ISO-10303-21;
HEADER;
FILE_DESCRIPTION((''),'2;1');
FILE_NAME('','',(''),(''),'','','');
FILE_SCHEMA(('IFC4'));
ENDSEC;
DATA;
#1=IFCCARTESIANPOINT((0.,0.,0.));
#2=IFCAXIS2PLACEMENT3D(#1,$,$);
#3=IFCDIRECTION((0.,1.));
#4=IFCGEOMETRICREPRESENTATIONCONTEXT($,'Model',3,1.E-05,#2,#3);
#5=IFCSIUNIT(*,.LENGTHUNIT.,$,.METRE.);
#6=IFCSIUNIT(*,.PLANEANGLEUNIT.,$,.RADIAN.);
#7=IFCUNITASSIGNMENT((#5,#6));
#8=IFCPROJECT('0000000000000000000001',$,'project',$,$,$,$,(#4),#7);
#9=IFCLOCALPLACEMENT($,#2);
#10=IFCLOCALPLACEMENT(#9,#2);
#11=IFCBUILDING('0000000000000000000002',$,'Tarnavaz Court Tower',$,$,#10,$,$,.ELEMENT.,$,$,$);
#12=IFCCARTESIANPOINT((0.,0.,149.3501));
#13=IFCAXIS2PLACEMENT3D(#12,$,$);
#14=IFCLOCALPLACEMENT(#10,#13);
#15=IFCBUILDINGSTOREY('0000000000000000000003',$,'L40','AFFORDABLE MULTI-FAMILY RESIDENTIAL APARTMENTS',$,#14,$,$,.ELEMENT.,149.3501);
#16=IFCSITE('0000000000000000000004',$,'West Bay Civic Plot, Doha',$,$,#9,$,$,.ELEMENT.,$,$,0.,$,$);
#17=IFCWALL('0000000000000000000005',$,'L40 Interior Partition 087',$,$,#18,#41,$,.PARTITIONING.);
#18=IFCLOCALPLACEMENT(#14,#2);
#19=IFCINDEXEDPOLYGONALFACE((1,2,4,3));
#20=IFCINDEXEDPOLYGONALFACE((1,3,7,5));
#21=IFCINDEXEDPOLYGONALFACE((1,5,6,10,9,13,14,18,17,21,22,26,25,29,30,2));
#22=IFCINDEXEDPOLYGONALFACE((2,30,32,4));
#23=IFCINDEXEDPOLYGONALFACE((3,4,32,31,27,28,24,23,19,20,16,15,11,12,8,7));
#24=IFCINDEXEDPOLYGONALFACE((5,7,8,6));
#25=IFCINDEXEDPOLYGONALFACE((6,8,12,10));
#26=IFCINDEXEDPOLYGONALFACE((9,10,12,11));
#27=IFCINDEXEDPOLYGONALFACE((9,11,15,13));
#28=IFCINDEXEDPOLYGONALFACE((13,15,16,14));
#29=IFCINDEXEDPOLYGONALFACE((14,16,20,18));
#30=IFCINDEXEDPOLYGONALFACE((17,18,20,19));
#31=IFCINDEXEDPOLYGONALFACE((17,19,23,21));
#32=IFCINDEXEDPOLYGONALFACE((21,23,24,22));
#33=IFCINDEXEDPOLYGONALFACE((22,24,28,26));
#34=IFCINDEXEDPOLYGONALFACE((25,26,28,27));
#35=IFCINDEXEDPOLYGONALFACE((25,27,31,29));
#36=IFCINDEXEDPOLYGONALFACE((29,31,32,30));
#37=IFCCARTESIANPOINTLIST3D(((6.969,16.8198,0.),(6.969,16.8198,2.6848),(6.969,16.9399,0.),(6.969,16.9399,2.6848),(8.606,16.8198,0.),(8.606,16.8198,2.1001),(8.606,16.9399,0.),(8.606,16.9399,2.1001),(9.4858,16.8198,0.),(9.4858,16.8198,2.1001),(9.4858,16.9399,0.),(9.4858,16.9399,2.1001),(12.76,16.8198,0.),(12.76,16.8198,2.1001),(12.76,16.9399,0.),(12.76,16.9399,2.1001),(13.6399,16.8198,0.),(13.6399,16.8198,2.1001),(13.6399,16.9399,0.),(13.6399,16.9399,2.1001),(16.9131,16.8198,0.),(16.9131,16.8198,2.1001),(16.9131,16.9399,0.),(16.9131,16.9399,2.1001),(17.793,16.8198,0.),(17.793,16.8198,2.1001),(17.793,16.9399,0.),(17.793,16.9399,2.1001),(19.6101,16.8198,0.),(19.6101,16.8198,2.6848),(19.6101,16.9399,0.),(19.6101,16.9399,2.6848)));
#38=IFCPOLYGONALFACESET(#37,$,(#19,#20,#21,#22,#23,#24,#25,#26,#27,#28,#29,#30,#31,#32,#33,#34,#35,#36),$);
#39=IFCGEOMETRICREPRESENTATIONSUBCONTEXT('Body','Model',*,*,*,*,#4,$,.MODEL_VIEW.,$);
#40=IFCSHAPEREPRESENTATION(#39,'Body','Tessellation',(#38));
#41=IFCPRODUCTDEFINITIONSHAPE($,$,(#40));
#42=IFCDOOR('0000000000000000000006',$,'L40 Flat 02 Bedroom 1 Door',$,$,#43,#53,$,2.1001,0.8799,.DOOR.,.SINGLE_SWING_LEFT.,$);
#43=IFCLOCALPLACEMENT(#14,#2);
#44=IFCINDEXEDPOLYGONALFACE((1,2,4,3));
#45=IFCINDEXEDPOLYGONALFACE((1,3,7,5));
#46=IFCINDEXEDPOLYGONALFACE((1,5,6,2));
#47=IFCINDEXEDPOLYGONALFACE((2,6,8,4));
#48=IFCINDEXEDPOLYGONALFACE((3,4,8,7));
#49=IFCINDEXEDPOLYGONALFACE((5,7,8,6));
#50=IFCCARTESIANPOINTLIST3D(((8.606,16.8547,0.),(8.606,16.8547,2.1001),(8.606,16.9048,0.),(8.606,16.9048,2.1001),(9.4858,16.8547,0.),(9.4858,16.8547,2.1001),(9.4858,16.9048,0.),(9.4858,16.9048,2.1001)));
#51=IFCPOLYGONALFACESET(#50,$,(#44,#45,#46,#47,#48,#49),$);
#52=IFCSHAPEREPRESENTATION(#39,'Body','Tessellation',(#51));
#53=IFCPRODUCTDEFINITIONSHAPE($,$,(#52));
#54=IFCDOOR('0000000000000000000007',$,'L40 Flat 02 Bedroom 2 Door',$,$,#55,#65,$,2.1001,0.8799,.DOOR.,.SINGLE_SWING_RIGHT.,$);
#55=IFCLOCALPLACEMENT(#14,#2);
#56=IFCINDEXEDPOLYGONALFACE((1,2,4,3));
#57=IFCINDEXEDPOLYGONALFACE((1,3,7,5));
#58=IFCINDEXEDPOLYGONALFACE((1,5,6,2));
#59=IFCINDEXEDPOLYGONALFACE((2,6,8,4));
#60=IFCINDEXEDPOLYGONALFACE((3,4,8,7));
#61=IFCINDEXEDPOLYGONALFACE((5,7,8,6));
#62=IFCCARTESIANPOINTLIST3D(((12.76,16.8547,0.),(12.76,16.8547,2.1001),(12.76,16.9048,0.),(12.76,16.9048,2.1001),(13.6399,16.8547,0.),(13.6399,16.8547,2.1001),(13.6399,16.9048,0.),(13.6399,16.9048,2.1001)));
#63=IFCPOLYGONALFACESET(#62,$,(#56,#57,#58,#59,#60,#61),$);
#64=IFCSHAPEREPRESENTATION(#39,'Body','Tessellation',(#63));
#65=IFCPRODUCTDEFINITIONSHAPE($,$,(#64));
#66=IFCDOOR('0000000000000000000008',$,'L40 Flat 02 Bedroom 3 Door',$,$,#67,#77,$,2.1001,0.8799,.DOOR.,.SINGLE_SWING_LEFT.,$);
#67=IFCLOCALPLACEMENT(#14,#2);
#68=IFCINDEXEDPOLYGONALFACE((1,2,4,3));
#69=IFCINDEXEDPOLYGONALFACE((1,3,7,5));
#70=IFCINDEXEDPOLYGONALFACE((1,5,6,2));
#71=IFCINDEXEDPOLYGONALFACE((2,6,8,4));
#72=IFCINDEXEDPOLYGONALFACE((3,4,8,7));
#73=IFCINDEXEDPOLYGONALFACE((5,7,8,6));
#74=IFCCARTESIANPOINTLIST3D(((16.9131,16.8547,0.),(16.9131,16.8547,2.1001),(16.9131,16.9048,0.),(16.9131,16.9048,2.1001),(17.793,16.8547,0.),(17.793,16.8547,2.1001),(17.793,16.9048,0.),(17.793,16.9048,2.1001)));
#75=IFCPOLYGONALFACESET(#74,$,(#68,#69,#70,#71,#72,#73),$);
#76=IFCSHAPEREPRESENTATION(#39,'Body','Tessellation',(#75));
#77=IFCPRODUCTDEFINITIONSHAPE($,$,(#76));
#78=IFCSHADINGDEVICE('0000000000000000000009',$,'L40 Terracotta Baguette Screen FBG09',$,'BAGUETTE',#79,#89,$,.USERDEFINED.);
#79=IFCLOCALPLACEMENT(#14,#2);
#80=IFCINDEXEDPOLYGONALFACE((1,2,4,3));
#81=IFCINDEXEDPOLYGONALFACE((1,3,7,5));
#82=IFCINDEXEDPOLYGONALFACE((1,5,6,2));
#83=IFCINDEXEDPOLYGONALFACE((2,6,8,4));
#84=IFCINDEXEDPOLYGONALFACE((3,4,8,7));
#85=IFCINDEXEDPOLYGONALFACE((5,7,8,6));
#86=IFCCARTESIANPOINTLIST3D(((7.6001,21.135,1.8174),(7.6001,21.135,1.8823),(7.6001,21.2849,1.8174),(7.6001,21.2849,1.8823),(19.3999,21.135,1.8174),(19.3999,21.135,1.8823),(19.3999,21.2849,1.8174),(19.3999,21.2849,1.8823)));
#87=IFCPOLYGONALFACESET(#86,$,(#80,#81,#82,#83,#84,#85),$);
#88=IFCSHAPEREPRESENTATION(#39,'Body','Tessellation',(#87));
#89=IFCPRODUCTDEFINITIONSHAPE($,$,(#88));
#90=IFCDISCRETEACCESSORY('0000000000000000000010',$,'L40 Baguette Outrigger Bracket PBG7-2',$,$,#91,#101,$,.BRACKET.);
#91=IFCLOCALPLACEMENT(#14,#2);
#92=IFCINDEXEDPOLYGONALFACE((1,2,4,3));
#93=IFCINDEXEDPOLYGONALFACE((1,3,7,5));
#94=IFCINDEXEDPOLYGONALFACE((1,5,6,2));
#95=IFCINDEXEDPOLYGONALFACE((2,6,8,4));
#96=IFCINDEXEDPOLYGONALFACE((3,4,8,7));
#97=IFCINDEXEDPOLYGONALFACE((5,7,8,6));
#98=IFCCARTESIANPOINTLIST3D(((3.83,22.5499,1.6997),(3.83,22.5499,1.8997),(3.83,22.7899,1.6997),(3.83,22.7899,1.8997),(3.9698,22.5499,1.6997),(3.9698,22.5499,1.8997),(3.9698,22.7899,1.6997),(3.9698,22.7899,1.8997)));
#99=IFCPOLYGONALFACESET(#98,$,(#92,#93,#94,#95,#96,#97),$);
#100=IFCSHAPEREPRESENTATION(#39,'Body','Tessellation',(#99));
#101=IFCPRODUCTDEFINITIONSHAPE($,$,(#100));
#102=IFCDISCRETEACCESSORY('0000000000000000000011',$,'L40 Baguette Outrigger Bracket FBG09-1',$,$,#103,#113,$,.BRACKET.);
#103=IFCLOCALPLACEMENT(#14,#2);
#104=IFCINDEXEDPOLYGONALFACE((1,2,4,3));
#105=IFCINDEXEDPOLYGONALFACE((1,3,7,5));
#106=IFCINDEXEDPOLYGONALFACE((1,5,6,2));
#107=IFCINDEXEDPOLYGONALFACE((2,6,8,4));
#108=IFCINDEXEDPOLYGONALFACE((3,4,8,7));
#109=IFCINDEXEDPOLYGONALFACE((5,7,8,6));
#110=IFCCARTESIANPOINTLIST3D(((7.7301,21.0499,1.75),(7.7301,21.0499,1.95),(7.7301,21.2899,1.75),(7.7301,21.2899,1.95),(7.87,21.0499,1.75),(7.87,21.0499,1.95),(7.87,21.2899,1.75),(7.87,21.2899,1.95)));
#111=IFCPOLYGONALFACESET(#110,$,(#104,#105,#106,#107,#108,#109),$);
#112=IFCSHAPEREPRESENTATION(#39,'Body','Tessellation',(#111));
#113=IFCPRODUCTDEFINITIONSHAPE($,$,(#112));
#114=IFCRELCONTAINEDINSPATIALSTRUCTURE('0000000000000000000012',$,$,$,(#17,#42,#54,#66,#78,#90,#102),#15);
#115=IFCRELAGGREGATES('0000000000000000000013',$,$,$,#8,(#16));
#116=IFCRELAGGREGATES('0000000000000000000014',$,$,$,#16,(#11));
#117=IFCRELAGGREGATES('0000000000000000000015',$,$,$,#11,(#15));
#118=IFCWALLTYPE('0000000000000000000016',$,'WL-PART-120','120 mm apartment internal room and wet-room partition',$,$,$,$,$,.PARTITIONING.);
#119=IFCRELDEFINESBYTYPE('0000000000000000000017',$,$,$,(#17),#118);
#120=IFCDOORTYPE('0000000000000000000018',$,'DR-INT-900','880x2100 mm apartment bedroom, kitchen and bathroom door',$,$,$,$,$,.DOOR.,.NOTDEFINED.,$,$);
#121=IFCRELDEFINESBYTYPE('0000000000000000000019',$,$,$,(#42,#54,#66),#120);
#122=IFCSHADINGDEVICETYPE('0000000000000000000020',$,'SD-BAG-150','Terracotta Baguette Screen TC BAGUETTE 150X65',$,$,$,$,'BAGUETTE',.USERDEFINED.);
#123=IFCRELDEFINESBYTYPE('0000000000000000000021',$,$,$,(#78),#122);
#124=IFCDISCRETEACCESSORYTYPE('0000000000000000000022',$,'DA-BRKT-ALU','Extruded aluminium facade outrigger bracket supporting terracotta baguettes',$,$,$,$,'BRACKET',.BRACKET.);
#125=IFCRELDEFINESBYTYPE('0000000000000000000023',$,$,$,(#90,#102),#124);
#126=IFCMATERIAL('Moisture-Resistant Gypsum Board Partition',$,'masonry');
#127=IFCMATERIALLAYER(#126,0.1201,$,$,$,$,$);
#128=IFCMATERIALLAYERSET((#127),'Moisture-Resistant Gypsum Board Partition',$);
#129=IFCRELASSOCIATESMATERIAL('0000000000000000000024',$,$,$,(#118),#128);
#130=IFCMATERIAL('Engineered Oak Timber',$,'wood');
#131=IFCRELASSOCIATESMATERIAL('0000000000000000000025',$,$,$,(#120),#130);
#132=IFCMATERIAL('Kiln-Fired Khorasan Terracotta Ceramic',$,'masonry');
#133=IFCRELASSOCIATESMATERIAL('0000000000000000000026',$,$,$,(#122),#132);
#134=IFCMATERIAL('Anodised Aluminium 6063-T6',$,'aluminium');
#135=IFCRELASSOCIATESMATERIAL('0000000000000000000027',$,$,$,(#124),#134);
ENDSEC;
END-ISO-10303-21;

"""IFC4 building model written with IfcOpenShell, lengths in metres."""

from ifc_helpers import new_model, si_unit, direction, frame, frame_2d, origin, origin_2d, place, context, subcontext, project, spatial, rectangle, extrude, material, layer, layer_set, material_profile, profile_set, type_object, element, fill, save


model = new_model("IFC4")

# Units and contexts
model_context = context("Model", 3, precision=1e-05, world=origin(), true_north=direction((0.0, 1.0)))
body_context = subcontext(model_context, "Body", "Model", "MODEL_VIEW")
ifc_project = project(units=[si_unit("LENGTHUNIT", "METRE"), si_unit("PLANEANGLEUNIT", "RADIAN")], contexts=[model_context])

# Site, building, storey
site_placement = place(None, origin())
site = spatial("IfcSite", under=ifc_project, at=site_placement, Name="West Bay Civic Plot, Doha", CompositionType="ELEMENT", RefElevation=0.0)
building_placement = place(site_placement, origin())
building = spatial("IfcBuilding", under=site, at=building_placement, Name="Tarnavaz Court Tower", CompositionType="ELEMENT")
storey_placement = place(building_placement, frame((0.0, 0.0, 149.3501)))
storey = spatial("IfcBuildingStorey", under=building, at=storey_placement, Name="L40", Description="AFFORDABLE MULTI-FAMILY RESIDENTIAL APARTMENTS", CompositionType="ELEMENT", Elevation=149.3501)

# Shared definitions
ifc_material_1 = material(Name="Anodised Aluminium 6063-T6", Category="aluminium")

# Shared definitions
ifc_material_2 = material(Name="Moisture-Resistant Gypsum Board Partition", Category="masonry")
ifc_layer_1 = layer(ifc_material_2, 0.1201)
ifc_layer_set_1 = layer_set([ifc_layer_1], Name="Moisture-Resistant Gypsum Board Partition")
wall_type_1 = type_object("IfcWallType", Name="WL-PART-120", Description="120 mm apartment internal room and wet-room partition", PredefinedType="PARTITIONING", material=ifc_layer_set_1)
ifc_material_3 = material(Name="Engineered Oak Timber", Category="wood")
door_type = type_object("IfcDoorType", Name="DR-INT-900", Description="880x2100 mm apartment bedroom, kitchen and bathroom door", OperationType="NOTDEFINED", PredefinedType="DOOR", material=ifc_material_3)

# Wall, openings, doors
wall_1_placement = place(storey_placement, frame((6.969, 16.8799, 0.0), z_axis=(0.0, 0.0, 1.0), x_axis=(1.0, 0.0, 0.0)))
wall_1 = element("IfcWall", 1, at=wall_1_placement, inside=storey, type_object=wall_type_1, Name="L40 Interior Partition 087", PredefinedType="PARTITIONING", context=body_context, shape_type="SweptSolid", body=[
    extrude(rectangle(XDim=12.6411, YDim=0.1201, at=frame_2d((6.3206, 0.0))), origin(), (0.0, 0.0, 1.0), 2.6848),
])
opening_1_placement = place(wall_1_placement, frame((1.637, 0.0, 0.0)))
opening_1 = element("IfcOpeningElement", 2, at=opening_1_placement, cuts=wall_1, PredefinedType="OPENING", context=body_context, shape_type="SweptSolid", body=[
    extrude(rectangle(XDim=0.8799, YDim=2.1001, at=frame_2d((0.4399, 1.05))), frame((0.0, 0.0701, 0.0), z_axis=(0.0, -1.0, 0.0), x_axis=(1.0, 0.0, 0.0)), (0.0, 0.0, 1.0), 0.1401),
])
opening_2_placement = place(wall_1_placement, frame((5.791, 0.0, 0.0)))
opening_2 = element("IfcOpeningElement", 3, at=opening_2_placement, cuts=wall_1, PredefinedType="OPENING", context=body_context, shape_type="SweptSolid", body=[
    extrude(rectangle(XDim=0.8799, YDim=2.1001, at=frame_2d((0.4399, 1.05))), frame((0.0, 0.0701, 0.0), z_axis=(0.0, -1.0, 0.0), x_axis=(1.0, 0.0, 0.0)), (0.0, 0.0, 1.0), 0.1401),
])
opening_3_placement = place(wall_1_placement, frame((9.9441, 0.0, 0.0)))
opening_3 = element("IfcOpeningElement", 4, at=opening_3_placement, cuts=wall_1, PredefinedType="OPENING", context=body_context, shape_type="SweptSolid", body=[
    extrude(rectangle(XDim=0.8799, YDim=2.1001, at=frame_2d((0.4399, 1.05))), frame((0.0, 0.0701, 0.0), z_axis=(0.0, -1.0, 0.0), x_axis=(1.0, 0.0, 0.0)), (0.0, 0.0, 1.0), 0.1401),
])
door_1_placement = place(opening_1_placement, origin())
door_1 = element("IfcDoor", 5, at=door_1_placement, inside=storey, type_object=door_type, Name="L40 Flat 02 Bedroom 1 Door", OperationType="SINGLE_SWING_LEFT", OverallHeight=2.1001, OverallWidth=0.8799, PredefinedType="DOOR", context=body_context, shape_type="SweptSolid", body=[
    extrude(rectangle(XDim=0.8799, YDim=2.1001, at=frame_2d((0.4399, 1.05))), frame((0.0, 0.0249, 0.0), z_axis=(0.0, -1.0, 0.0), x_axis=(1.0, 0.0, 0.0)), (0.0, 0.0, 1.0), 0.05),
])
fill(opening_1, door_1)
door_2_placement = place(opening_2_placement, origin())
door_2 = element("IfcDoor", 6, at=door_2_placement, inside=storey, type_object=door_type, Name="L40 Flat 02 Bedroom 2 Door", OperationType="SINGLE_SWING_RIGHT", OverallHeight=2.1001, OverallWidth=0.8799, PredefinedType="DOOR", context=body_context, shape_type="SweptSolid", body=[
    extrude(rectangle(XDim=0.8799, YDim=2.1001, at=frame_2d((0.4399, 1.05))), frame((0.0, 0.0249, 0.0), z_axis=(0.0, -1.0, 0.0), x_axis=(1.0, 0.0, 0.0)), (0.0, 0.0, 1.0), 0.05),
])
fill(opening_2, door_2)
door_3_placement = place(opening_3_placement, origin())
door_3 = element("IfcDoor", 7, at=door_3_placement, inside=storey, type_object=door_type, Name="L40 Flat 02 Bedroom 3 Door", OperationType="SINGLE_SWING_LEFT", OverallHeight=2.1001, OverallWidth=0.8799, PredefinedType="DOOR", context=body_context, shape_type="SweptSolid", body=[
    extrude(rectangle(XDim=0.8799, YDim=2.1001, at=frame_2d((0.4399, 1.05))), frame((0.0, 0.0249, 0.0), z_axis=(0.0, -1.0, 0.0), x_axis=(1.0, 0.0, 0.0)), (0.0, 0.0, 1.0), 0.05),
])
fill(opening_3, door_3)

# Shading device
ifc_material_4 = material(Name="Kiln-Fired Khorasan Terracotta Ceramic", Category="masonry")
ifc_material_profile_1 = material_profile(ifc_material_4, rectangle(XDim=0.1499, YDim=0.0649, at=origin_2d()), Name="TC BAGUETTE 150X65")
ifc_profile_set_1 = profile_set([ifc_material_profile_1], Name="Kiln-Fired Khorasan Terracotta Ceramic")
shading_device_type = type_object("IfcShadingDeviceType", Name="SD-BAG-150", Description="Terracotta Baguette Screen TC BAGUETTE 150X65", ElementType="BAGUETTE", PredefinedType="USERDEFINED", material=ifc_profile_set_1)
shading_device_placement = place(storey_placement, frame((7.6001, 21.21, 1.8499), z_axis=(1.0, 0.0, 0.0), x_axis=(0.0, 1.0, 0.0)))
element("IfcShadingDevice", 8, at=shading_device_placement, inside=storey, type_object=shading_device_type, Name="L40 Terracotta Baguette Screen FBG09", ObjectType="BAGUETTE", PredefinedType="USERDEFINED", context=body_context, shape_type="SweptSolid", body=[
    extrude(rectangle(XDim=0.1499, YDim=0.0649, at=origin_2d()), origin(), (0.0, 0.0, 1.0), 11.7998),
])

# Discrete accessories
discrete_accessory_type = type_object("IfcDiscreteAccessoryType", Name="DA-BRKT-ALU", Description="Extruded aluminium facade outrigger bracket supporting terracotta baguettes", ElementType="BRACKET", PredefinedType="BRACKET", material=ifc_material_1)
for number, where, z_axis, x_axis, name in (
    (9, (3.8999, 22.6699, 1.6997), (0.0, 0.0, 1.0), (1.0, 0.0, 0.0), "L40 Baguette Outrigger Bracket PBG7-2"),
    (10, (7.8, 21.1699, 1.75), (0.0, 0.0, 1.0), (1.0, 0.0, 0.0), "L40 Baguette Outrigger Bracket FBG09-1"),
):
    element("IfcDiscreteAccessory", number, at=place(storey_placement, frame(where, z_axis=z_axis, x_axis=x_axis)), inside=storey, type_object=discrete_accessory_type, Name=name, PredefinedType="BRACKET", context=body_context, shape_type="SweptSolid", body=[
        extrude(rectangle(XDim=0.1399, YDim=0.24, at=origin_2d()), origin(), (0.0, 0.0, 1.0), 0.2),
    ])

save(model, "model.ifc")
